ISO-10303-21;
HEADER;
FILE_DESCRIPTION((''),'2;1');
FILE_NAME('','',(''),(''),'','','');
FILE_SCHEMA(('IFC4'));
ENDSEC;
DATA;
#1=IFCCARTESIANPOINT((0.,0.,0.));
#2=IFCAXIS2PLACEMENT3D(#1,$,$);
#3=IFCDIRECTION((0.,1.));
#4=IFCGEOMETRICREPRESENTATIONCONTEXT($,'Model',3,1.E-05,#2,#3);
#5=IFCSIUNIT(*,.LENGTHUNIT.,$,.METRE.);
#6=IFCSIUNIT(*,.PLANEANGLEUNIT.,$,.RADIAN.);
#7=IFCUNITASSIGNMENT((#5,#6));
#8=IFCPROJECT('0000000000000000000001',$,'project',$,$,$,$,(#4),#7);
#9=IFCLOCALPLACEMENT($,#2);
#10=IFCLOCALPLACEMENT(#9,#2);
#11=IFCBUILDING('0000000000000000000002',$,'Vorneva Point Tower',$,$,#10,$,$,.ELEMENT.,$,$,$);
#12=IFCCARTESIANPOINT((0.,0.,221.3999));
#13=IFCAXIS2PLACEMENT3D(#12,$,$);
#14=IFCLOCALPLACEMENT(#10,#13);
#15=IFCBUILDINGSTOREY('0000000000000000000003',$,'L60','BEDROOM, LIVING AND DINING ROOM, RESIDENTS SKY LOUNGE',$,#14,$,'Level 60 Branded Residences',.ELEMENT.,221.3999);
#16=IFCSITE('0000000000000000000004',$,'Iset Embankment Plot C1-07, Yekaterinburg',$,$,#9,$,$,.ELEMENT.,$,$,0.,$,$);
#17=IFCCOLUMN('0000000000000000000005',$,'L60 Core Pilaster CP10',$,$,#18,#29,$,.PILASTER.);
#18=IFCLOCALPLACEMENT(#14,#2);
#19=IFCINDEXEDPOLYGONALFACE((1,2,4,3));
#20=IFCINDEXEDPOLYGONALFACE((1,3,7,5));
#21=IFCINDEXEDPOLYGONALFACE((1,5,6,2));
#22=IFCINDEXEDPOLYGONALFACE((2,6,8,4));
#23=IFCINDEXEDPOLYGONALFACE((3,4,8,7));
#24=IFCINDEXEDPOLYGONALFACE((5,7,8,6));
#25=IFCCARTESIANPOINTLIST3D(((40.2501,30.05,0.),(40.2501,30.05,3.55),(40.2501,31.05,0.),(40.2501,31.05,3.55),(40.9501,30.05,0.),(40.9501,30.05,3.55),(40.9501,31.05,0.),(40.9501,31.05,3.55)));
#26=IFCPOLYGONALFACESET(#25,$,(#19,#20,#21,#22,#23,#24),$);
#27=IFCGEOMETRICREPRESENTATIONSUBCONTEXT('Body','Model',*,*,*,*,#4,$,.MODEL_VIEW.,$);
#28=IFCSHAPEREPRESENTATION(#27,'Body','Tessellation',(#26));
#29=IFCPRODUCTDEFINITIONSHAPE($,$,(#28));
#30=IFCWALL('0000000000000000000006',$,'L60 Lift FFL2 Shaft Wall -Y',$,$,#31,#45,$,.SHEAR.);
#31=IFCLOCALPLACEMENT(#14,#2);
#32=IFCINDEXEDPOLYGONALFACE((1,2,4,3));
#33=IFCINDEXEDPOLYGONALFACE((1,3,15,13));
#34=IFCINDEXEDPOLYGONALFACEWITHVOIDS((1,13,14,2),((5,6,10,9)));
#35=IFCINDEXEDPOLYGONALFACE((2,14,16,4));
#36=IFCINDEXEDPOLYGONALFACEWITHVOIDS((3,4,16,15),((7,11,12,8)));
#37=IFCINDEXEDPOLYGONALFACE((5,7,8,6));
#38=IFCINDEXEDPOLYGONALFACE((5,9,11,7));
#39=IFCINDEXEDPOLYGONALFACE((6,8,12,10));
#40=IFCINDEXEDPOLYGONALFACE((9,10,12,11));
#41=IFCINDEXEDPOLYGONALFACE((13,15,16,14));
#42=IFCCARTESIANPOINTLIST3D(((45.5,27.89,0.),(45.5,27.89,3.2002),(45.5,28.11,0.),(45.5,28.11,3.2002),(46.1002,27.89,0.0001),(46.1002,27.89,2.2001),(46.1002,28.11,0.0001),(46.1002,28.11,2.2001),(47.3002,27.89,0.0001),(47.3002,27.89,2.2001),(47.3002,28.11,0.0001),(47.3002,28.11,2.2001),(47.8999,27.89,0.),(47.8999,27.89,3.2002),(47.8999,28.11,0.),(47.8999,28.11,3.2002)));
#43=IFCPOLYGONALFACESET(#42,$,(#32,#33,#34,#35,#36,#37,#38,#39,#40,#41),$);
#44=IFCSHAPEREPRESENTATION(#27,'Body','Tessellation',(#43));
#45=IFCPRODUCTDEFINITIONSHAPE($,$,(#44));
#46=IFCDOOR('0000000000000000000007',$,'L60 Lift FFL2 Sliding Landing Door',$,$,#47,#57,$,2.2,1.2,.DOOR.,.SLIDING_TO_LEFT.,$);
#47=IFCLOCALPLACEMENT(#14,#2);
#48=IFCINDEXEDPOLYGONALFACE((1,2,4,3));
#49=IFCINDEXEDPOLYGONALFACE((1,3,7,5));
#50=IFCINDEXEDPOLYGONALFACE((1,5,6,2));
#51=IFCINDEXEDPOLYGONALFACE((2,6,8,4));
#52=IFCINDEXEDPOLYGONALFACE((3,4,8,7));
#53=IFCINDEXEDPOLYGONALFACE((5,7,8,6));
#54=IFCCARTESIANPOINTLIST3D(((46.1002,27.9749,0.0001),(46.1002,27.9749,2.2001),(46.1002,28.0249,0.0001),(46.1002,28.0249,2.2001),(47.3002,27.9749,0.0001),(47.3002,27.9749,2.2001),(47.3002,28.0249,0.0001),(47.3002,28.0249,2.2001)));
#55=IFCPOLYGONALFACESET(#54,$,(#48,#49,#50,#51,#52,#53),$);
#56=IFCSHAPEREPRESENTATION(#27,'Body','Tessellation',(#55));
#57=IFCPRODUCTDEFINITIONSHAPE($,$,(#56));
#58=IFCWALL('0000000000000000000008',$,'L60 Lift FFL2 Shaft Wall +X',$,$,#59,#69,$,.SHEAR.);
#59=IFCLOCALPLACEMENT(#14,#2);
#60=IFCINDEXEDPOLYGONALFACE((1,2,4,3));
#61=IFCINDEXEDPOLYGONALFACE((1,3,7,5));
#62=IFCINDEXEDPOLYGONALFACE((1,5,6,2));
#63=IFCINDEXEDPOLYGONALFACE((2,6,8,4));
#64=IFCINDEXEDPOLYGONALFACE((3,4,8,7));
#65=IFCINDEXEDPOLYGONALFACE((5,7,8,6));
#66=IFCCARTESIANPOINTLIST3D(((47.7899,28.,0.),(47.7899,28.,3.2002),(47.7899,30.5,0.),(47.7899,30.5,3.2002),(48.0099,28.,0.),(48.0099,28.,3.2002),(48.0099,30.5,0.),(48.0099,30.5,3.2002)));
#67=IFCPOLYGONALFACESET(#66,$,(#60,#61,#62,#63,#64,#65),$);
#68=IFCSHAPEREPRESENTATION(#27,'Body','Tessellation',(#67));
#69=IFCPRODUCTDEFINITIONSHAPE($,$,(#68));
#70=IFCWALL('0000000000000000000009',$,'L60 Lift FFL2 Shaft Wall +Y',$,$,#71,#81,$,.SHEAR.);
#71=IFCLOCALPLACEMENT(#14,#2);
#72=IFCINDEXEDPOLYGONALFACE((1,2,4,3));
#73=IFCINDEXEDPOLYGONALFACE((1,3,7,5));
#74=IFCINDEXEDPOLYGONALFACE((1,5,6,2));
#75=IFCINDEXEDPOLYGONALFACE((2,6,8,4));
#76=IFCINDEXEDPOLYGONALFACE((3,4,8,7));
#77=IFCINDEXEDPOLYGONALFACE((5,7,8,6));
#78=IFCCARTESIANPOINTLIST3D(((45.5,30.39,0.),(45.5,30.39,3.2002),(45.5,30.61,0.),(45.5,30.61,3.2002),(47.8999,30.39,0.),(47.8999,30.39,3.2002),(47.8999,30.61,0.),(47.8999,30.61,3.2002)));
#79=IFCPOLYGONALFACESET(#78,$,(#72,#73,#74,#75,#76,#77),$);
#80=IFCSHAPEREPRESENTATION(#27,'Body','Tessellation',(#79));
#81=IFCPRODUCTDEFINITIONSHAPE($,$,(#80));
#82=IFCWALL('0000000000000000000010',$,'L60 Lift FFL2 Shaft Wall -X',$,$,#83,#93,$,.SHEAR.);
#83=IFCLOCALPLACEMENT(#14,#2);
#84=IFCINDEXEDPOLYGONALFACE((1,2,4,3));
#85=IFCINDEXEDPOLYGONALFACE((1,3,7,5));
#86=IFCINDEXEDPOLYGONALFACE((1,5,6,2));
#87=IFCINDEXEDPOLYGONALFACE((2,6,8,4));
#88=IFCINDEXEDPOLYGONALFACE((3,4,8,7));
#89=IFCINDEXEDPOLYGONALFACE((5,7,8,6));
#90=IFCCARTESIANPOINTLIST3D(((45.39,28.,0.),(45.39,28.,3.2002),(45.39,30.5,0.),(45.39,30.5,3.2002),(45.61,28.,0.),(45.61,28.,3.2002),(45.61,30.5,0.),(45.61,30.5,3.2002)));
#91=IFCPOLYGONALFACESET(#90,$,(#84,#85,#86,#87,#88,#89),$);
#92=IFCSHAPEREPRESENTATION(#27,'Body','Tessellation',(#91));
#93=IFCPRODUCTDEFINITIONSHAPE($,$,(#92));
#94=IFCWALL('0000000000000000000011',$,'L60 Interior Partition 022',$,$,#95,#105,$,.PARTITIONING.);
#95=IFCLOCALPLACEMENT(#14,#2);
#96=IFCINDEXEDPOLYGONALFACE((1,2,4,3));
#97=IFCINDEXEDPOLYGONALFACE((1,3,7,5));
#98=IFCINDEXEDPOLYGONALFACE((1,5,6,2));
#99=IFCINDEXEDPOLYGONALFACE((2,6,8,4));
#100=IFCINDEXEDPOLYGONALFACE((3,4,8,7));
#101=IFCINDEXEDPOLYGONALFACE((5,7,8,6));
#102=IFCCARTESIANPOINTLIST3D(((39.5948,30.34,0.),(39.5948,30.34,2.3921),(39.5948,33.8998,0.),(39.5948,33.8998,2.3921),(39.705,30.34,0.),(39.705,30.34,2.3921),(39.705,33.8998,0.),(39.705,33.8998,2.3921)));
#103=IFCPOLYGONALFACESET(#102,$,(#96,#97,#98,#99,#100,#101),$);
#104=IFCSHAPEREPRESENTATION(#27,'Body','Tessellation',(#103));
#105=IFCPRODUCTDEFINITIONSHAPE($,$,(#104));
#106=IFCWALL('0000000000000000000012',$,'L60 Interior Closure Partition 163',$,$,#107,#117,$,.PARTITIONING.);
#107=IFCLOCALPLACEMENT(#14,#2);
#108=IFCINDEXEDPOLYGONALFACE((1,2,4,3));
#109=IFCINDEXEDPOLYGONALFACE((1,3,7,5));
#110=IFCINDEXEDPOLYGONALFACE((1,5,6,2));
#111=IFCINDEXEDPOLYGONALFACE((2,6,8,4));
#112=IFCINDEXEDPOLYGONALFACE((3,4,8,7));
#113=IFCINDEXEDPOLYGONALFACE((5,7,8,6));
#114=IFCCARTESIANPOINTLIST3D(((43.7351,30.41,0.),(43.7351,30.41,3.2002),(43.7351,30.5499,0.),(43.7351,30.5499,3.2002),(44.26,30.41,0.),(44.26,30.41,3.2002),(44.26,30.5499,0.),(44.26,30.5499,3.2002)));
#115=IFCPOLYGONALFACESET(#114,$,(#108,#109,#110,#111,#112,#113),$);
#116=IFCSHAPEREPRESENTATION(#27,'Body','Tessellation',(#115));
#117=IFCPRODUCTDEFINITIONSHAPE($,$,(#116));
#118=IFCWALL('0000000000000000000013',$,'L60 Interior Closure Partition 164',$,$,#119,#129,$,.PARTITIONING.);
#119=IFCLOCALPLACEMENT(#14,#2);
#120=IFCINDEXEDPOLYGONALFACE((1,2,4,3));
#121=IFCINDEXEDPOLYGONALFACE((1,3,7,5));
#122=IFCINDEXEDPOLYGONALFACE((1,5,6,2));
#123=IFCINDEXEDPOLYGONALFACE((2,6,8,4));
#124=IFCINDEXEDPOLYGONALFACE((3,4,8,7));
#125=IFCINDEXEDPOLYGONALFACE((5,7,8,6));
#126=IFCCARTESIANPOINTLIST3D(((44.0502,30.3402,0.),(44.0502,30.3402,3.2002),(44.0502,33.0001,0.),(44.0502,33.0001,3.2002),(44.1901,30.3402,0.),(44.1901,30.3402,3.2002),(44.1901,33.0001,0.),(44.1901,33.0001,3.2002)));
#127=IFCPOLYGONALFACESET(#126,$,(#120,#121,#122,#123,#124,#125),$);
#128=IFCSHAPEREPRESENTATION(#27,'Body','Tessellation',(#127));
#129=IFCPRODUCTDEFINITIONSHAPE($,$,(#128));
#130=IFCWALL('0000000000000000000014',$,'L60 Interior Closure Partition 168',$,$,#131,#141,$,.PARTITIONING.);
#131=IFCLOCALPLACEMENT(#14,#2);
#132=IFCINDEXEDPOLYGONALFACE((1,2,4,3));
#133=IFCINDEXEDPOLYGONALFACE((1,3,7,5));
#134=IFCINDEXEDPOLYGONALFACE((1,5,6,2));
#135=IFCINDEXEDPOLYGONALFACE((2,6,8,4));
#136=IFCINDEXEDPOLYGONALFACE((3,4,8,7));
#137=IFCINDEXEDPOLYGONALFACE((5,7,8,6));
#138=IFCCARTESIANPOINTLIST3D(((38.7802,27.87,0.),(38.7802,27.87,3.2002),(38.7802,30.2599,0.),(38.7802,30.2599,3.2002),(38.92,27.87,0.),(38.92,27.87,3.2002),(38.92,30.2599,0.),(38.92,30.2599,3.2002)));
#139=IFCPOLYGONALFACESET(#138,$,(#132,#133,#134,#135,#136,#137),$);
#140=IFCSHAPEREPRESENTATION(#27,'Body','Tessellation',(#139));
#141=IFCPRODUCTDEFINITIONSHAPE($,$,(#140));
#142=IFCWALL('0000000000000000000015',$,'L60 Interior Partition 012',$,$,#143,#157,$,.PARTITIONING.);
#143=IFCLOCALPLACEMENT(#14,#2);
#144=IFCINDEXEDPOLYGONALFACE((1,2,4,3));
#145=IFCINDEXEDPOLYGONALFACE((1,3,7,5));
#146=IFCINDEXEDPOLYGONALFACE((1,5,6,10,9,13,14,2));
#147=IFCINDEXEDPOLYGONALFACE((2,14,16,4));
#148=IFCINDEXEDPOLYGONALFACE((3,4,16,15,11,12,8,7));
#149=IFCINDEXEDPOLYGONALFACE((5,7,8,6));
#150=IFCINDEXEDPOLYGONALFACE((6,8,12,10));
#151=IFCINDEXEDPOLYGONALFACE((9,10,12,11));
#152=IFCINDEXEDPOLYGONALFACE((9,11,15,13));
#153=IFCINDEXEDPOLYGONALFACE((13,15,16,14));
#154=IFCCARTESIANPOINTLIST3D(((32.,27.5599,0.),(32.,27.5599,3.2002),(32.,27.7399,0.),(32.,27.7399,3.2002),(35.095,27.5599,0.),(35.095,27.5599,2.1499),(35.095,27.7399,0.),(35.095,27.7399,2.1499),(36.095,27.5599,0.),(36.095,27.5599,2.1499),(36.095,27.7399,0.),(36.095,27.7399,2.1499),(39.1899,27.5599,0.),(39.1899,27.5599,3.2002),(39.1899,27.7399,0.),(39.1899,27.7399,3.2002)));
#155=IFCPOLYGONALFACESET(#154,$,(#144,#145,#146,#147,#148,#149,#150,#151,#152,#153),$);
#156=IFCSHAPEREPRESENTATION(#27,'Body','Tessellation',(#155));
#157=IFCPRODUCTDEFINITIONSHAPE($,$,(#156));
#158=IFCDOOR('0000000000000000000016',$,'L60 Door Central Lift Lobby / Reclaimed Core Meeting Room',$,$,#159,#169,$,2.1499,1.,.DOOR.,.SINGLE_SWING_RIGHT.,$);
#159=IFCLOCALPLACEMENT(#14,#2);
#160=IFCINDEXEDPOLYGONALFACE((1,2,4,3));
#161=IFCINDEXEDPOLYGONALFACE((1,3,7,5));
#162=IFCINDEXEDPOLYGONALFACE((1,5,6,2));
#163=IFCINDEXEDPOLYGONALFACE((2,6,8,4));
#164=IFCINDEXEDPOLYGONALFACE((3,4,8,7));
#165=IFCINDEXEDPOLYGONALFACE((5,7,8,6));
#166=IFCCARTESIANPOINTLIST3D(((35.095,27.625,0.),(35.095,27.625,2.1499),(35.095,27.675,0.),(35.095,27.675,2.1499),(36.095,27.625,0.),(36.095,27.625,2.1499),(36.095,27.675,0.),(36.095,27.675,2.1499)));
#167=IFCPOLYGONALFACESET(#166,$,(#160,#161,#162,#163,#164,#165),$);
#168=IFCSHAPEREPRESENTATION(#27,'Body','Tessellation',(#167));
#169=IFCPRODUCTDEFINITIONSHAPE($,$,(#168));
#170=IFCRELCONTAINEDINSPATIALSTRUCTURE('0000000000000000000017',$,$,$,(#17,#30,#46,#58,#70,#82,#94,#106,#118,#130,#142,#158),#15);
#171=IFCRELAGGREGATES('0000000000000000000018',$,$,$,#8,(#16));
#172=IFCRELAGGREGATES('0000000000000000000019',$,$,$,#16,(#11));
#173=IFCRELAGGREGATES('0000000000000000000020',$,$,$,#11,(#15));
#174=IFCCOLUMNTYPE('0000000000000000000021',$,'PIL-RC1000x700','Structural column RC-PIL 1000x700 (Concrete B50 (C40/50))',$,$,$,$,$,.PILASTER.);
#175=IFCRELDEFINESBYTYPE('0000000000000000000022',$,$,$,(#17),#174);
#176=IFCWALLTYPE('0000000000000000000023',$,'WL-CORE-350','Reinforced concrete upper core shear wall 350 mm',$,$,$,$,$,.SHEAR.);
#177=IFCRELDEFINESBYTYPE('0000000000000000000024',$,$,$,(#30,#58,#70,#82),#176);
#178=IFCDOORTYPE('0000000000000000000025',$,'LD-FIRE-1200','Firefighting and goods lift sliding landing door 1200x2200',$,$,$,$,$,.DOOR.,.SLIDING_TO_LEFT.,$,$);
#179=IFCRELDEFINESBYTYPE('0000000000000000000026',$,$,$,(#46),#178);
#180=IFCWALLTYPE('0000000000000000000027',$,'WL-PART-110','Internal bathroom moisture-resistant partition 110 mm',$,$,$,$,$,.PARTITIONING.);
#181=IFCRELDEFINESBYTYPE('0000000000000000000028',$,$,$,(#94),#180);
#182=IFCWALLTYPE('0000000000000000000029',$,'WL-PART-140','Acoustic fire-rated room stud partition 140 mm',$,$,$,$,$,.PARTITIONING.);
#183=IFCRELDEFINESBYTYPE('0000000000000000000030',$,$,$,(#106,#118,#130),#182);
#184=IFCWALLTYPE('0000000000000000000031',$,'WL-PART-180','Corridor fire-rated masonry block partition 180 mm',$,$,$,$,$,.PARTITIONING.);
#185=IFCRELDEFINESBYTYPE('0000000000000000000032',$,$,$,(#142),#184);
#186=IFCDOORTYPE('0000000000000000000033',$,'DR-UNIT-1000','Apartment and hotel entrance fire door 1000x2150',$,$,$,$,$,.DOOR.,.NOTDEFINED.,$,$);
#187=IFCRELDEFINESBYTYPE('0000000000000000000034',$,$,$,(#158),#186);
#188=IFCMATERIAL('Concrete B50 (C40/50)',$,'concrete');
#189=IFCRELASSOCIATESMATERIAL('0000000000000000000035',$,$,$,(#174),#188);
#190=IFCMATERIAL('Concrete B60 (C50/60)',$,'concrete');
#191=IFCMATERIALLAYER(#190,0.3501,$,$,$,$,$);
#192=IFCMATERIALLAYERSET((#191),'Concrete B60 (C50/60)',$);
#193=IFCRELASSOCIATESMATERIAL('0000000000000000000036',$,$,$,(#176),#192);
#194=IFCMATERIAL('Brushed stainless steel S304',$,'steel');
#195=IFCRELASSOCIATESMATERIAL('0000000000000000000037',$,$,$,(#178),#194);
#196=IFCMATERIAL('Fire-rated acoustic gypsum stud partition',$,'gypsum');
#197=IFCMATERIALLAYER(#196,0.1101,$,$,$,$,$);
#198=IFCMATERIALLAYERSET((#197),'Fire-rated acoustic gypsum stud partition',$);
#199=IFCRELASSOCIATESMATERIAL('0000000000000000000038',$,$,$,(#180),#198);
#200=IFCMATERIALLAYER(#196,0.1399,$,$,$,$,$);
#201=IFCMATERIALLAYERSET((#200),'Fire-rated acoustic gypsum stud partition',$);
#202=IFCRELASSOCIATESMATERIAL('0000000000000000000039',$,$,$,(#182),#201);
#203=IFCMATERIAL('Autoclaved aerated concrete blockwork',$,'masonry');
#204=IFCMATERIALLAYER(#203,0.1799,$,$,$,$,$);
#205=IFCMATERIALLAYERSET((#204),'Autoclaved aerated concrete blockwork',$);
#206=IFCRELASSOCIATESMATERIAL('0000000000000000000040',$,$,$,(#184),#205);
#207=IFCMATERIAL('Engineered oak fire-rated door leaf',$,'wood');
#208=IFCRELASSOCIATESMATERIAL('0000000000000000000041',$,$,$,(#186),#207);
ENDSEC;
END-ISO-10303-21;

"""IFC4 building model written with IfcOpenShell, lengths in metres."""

from ifc_helpers import new_model, si_unit, direction, frame, frame_2d, origin, origin_2d, place, context, subcontext, project, spatial, rectangle, extrude, material, layer, layer_set, material_profile, profile_set, type_object, element, fill, save


model = new_model("IFC4")

# Units and contexts
model_context = context("Model", 3, precision=1e-05, world=origin(), true_north=direction((0.0, 1.0)))
body_context = subcontext(model_context, "Body", "Model", "MODEL_VIEW")
ifc_project = project(units=[si_unit("LENGTHUNIT", "METRE"), si_unit("PLANEANGLEUNIT", "RADIAN")], contexts=[model_context])

# Site, building, storey
site_placement = place(None, origin())
site = spatial("IfcSite", under=ifc_project, at=site_placement, Name="Iset Embankment Plot C1-07, Yekaterinburg", CompositionType="ELEMENT", RefElevation=0.0)
building_placement = place(site_placement, origin())
building = spatial("IfcBuilding", under=site, at=building_placement, Name="Vorneva Point Tower", CompositionType="ELEMENT")
storey_placement = place(building_placement, frame((0.0, 0.0, 221.3999)))
storey = spatial("IfcBuildingStorey", under=building, at=storey_placement, Name="L60", Description="BEDROOM, LIVING AND DINING ROOM, RESIDENTS SKY LOUNGE", LongName="Level 60 Branded Residences", CompositionType="ELEMENT", Elevation=221.3999)

# Column
ifc_material_1 = material(Name="Concrete B50 (C40/50)", Category="concrete")
ifc_material_profile = material_profile(ifc_material_1, rectangle(XDim=0.7, YDim=1.0, at=origin_2d()), Name="RC-PIL 1000x700")
ifc_profile_set = profile_set([ifc_material_profile], Name="Concrete B50 (C40/50)")
column_type = type_object("IfcColumnType", Name="PIL-RC1000x700", Description="Structural column RC-PIL 1000x700 (Concrete B50 (C40/50))", PredefinedType="PILASTER", material=ifc_profile_set)
column_placement = place(storey_placement, frame((40.6001, 30.55, 0.0), z_axis=(0.0, 0.0, 1.0), x_axis=(1.0, 0.0, 0.0)))
element("IfcColumn", 1, at=column_placement, inside=storey, type_object=column_type, Name="L60 Core Pilaster CP10", PredefinedType="PILASTER", context=body_context, shape_type="SweptSolid", body=[
    extrude(rectangle(XDim=0.7, YDim=1.0, at=origin_2d()), origin(), (0.0, 0.0, 1.0), 3.55),
])

# Wall, opening, door
ifc_material_2 = material(Name="Concrete B60 (C50/60)", Category="concrete")
ifc_layer_1 = layer(ifc_material_2, 0.3501)
ifc_layer_set_1 = layer_set([ifc_layer_1], Name="Concrete B60 (C50/60)")
wall_type_1 = type_object("IfcWallType", Name="WL-CORE-350", Description="Reinforced concrete upper core shear wall 350 mm", PredefinedType="SHEAR", material=ifc_layer_set_1)
wall_1_placement = place(storey_placement, frame((45.5, 28.0, 0.0), z_axis=(0.0, 0.0, 1.0), x_axis=(1.0, 0.0, 0.0)))
wall_1 = element("IfcWall", 2, at=wall_1_placement, inside=storey, type_object=wall_type_1, Name="L60 Lift FFL2 Shaft Wall -Y", PredefinedType="SHEAR", context=body_context, shape_type="SweptSolid", body=[
    extrude(rectangle(XDim=2.3999, YDim=0.22, at=frame_2d((1.2, 0.0))), origin(), (0.0, 0.0, 1.0), 3.2002),
])
opening_1_placement = place(wall_1_placement, frame((0.6001, 0.0, 0.0)))
opening_1 = element("IfcOpeningElement", 3, at=opening_1_placement, cuts=wall_1, PredefinedType="OPENING", context=body_context, shape_type="SweptSolid", body=[
    extrude(rectangle(XDim=1.2, YDim=2.2, at=frame_2d((0.6001, 1.1001))), frame((0.0, 0.125, 0.0), z_axis=(0.0, -1.0, 0.0), x_axis=(1.0, 0.0, 0.0)), (0.0, 0.0, 1.0), 0.2498),
])
ifc_material_3 = material(Name="Brushed stainless steel S304", Category="steel")
door_type_1 = type_object("IfcDoorType", Name="LD-FIRE-1200", Description="Firefighting and goods lift sliding landing door 1200x2200", OperationType="SLIDING_TO_LEFT", PredefinedType="DOOR", material=ifc_material_3)
door_1_placement = place(opening_1_placement, origin())
door_1 = element("IfcDoor", 4, at=door_1_placement, inside=storey, type_object=door_type_1, Name="L60 Lift FFL2 Sliding Landing Door", OperationType="SLIDING_TO_LEFT", OverallHeight=2.2, OverallWidth=1.2, PredefinedType="DOOR", context=body_context, shape_type="SweptSolid", body=[
    extrude(rectangle(XDim=1.2, YDim=2.2, at=frame_2d((0.6001, 1.1001))), frame((0.0, 0.0249, 0.0), z_axis=(0.0, -1.0, 0.0), x_axis=(1.0, 0.0, 0.0)), (0.0, 0.0, 1.0), 0.05),
])
fill(opening_1, door_1)

# Walls
wall_2_placement = place(storey_placement, frame((47.8999, 28.0, 0.0), z_axis=(0.0, 0.0, 1.0), x_axis=(0.0, 1.0, 0.0)))
element("IfcWall", 5, at=wall_2_placement, inside=storey, type_object=wall_type_1, Name="L60 Lift FFL2 Shaft Wall +X", PredefinedType="SHEAR", context=body_context, shape_type="SweptSolid", body=[
    extrude(rectangle(XDim=2.5, YDim=0.22, at=frame_2d((1.25, 0.0))), origin(), (0.0, 0.0, 1.0), 3.2002),
])
wall_3_placement = place(storey_placement, frame((47.8999, 30.5, 0.0), z_axis=(0.0, 0.0, 1.0), x_axis=(-1.0, 0.0, 0.0)))
element("IfcWall", 6, at=wall_3_placement, inside=storey, type_object=wall_type_1, Name="L60 Lift FFL2 Shaft Wall +Y", PredefinedType="SHEAR", context=body_context, shape_type="SweptSolid", body=[
    extrude(rectangle(XDim=2.3999, YDim=0.22, at=frame_2d((1.2, 0.0))), origin(), (0.0, 0.0, 1.0), 3.2002),
])
wall_4_placement = place(storey_placement, frame((45.5, 30.5, 0.0), z_axis=(0.0, 0.0, 1.0), x_axis=(0.0, -1.0, 0.0)))
element("IfcWall", 7, at=wall_4_placement, inside=storey, type_object=wall_type_1, Name="L60 Lift FFL2 Shaft Wall -X", PredefinedType="SHEAR", context=body_context, shape_type="SweptSolid", body=[
    extrude(rectangle(XDim=2.5, YDim=0.22, at=frame_2d((1.25, 0.0))), origin(), (0.0, 0.0, 1.0), 3.2002),
])
ifc_material_4 = material(Name="Fire-rated acoustic gypsum stud partition", Category="gypsum")
ifc_layer_2 = layer(ifc_material_4, 0.1101)
ifc_layer_set_2 = layer_set([ifc_layer_2], Name="Fire-rated acoustic gypsum stud partition")
wall_type_2 = type_object("IfcWallType", Name="WL-PART-110", Description="Internal bathroom moisture-resistant partition 110 mm", PredefinedType="PARTITIONING", material=ifc_layer_set_2)
wall_5_placement = place(storey_placement, frame((39.6499, 30.3401, 0.0), z_axis=(0.0, 0.0, 1.0), x_axis=(0.0, 1.0, 0.0)))
element("IfcWall", 8, at=wall_5_placement, inside=storey, type_object=wall_type_2, Name="L60 Interior Partition 022", PredefinedType="PARTITIONING", context=body_context, shape_type="SweptSolid", body=[
    extrude(rectangle(XDim=3.5598, YDim=0.1101, at=frame_2d((1.7798, 0.0))), origin(), (0.0, 0.0, 1.0), 2.3921),
])
ifc_layer_3 = layer(ifc_material_4, 0.1399)
ifc_layer_set_3 = layer_set([ifc_layer_3], Name="Fire-rated acoustic gypsum stud partition")
wall_type_3 = type_object("IfcWallType", Name="WL-PART-140", Description="Acoustic fire-rated room stud partition 140 mm", PredefinedType="PARTITIONING", material=ifc_layer_set_3)
wall_6_placement = place(storey_placement, frame((43.7351, 30.48, 0.0), z_axis=(0.0, 0.0, 1.0), x_axis=(1.0, 0.0, 0.0)))
element("IfcWall", 9, at=wall_6_placement, inside=storey, type_object=wall_type_3, Name="L60 Interior Closure Partition 163", PredefinedType="PARTITIONING", context=body_context, shape_type="SweptSolid", body=[
    extrude(rectangle(XDim=0.5249, YDim=0.1399, at=frame_2d((0.2625, 0.0))), origin(), (0.0, 0.0, 1.0), 3.2002),
])
wall_7_placement = place(storey_placement, frame((44.1201, 30.3401, 0.0), z_axis=(0.0, 0.0, 1.0), x_axis=(0.0, 1.0, 0.0)))
element("IfcWall", 10, at=wall_7_placement, inside=storey, type_object=wall_type_3, Name="L60 Interior Closure Partition 164", PredefinedType="PARTITIONING", context=body_context, shape_type="SweptSolid", body=[
    extrude(rectangle(XDim=2.6599, YDim=0.1399, at=frame_2d((1.3301, 0.0))), origin(), (0.0, 0.0, 1.0), 3.2002),
])
wall_8_placement = place(storey_placement, frame((38.8501, 27.8701, 0.0), z_axis=(0.0, 0.0, 1.0), x_axis=(0.0, 1.0, 0.0)))
element("IfcWall", 11, at=wall_8_placement, inside=storey, type_object=wall_type_3, Name="L60 Interior Closure Partition 168", PredefinedType="PARTITIONING", context=body_context, shape_type="SweptSolid", body=[
    extrude(rectangle(XDim=2.3899, YDim=0.1399, at=frame_2d((1.1948, 0.0))), origin(), (0.0, 0.0, 1.0), 3.2002),
])

# Wall, opening, door
ifc_material_5 = material(Name="Autoclaved aerated concrete blockwork", Category="masonry")
ifc_layer_4 = layer(ifc_material_5, 0.1799)
ifc_layer_set_4 = layer_set([ifc_layer_4], Name="Autoclaved aerated concrete blockwork")
wall_type_4 = type_object("IfcWallType", Name="WL-PART-180", Description="Corridor fire-rated masonry block partition 180 mm", PredefinedType="PARTITIONING", material=ifc_layer_set_4)
wall_9_placement = place(storey_placement, frame((39.1899, 27.6499, 0.0), z_axis=(0.0, 0.0, 1.0), x_axis=(-1.0, 0.0, 0.0)))
wall_9 = element("IfcWall", 12, at=wall_9_placement, inside=storey, type_object=wall_type_4, Name="L60 Interior Partition 012", PredefinedType="PARTITIONING", context=body_context, shape_type="SweptSolid", body=[
    extrude(rectangle(XDim=7.1899, YDim=0.1799, at=frame_2d((3.595, 0.0))), origin(), (0.0, 0.0, 1.0), 3.2002),
])
opening_2_placement = place(wall_9_placement, frame((3.095, 0.0, 0.0)))
opening_2 = element("IfcOpeningElement", 13, at=opening_2_placement, cuts=wall_9, PredefinedType="OPENING", context=body_context, shape_type="SweptSolid", body=[
    extrude(rectangle(XDim=1.0, YDim=2.1499, at=frame_2d((0.5, 1.075))), frame((0.0, 0.105, 0.0), z_axis=(0.0, -1.0, 0.0), x_axis=(1.0, 0.0, 0.0)), (0.0, 0.0, 1.0), 0.2097),
])
ifc_material_6 = material(Name="Engineered oak fire-rated door leaf", Category="wood")
door_type_2 = type_object("IfcDoorType", Name="DR-UNIT-1000", Description="Apartment and hotel entrance fire door 1000x2150", OperationType="NOTDEFINED", PredefinedType="DOOR", material=ifc_material_6)
door_2_placement = place(opening_2_placement, origin())
door_2 = element("IfcDoor", 14, at=door_2_placement, inside=storey, type_object=door_type_2, Name="L60 Door Central Lift Lobby / Reclaimed Core Meeting Room", OperationType="SINGLE_SWING_RIGHT", OverallHeight=2.1499, OverallWidth=1.0, PredefinedType="DOOR", context=body_context, shape_type="SweptSolid", body=[
    extrude(rectangle(XDim=1.0, YDim=2.1499, at=frame_2d((0.5, 1.075))), frame((0.0, 0.0249, 0.0), z_axis=(0.0, -1.0, 0.0), x_axis=(1.0, 0.0, 0.0)), (0.0, 0.0, 1.0), 0.05),
])
fill(opening_2, door_2)

save(model, "model.ifc")
